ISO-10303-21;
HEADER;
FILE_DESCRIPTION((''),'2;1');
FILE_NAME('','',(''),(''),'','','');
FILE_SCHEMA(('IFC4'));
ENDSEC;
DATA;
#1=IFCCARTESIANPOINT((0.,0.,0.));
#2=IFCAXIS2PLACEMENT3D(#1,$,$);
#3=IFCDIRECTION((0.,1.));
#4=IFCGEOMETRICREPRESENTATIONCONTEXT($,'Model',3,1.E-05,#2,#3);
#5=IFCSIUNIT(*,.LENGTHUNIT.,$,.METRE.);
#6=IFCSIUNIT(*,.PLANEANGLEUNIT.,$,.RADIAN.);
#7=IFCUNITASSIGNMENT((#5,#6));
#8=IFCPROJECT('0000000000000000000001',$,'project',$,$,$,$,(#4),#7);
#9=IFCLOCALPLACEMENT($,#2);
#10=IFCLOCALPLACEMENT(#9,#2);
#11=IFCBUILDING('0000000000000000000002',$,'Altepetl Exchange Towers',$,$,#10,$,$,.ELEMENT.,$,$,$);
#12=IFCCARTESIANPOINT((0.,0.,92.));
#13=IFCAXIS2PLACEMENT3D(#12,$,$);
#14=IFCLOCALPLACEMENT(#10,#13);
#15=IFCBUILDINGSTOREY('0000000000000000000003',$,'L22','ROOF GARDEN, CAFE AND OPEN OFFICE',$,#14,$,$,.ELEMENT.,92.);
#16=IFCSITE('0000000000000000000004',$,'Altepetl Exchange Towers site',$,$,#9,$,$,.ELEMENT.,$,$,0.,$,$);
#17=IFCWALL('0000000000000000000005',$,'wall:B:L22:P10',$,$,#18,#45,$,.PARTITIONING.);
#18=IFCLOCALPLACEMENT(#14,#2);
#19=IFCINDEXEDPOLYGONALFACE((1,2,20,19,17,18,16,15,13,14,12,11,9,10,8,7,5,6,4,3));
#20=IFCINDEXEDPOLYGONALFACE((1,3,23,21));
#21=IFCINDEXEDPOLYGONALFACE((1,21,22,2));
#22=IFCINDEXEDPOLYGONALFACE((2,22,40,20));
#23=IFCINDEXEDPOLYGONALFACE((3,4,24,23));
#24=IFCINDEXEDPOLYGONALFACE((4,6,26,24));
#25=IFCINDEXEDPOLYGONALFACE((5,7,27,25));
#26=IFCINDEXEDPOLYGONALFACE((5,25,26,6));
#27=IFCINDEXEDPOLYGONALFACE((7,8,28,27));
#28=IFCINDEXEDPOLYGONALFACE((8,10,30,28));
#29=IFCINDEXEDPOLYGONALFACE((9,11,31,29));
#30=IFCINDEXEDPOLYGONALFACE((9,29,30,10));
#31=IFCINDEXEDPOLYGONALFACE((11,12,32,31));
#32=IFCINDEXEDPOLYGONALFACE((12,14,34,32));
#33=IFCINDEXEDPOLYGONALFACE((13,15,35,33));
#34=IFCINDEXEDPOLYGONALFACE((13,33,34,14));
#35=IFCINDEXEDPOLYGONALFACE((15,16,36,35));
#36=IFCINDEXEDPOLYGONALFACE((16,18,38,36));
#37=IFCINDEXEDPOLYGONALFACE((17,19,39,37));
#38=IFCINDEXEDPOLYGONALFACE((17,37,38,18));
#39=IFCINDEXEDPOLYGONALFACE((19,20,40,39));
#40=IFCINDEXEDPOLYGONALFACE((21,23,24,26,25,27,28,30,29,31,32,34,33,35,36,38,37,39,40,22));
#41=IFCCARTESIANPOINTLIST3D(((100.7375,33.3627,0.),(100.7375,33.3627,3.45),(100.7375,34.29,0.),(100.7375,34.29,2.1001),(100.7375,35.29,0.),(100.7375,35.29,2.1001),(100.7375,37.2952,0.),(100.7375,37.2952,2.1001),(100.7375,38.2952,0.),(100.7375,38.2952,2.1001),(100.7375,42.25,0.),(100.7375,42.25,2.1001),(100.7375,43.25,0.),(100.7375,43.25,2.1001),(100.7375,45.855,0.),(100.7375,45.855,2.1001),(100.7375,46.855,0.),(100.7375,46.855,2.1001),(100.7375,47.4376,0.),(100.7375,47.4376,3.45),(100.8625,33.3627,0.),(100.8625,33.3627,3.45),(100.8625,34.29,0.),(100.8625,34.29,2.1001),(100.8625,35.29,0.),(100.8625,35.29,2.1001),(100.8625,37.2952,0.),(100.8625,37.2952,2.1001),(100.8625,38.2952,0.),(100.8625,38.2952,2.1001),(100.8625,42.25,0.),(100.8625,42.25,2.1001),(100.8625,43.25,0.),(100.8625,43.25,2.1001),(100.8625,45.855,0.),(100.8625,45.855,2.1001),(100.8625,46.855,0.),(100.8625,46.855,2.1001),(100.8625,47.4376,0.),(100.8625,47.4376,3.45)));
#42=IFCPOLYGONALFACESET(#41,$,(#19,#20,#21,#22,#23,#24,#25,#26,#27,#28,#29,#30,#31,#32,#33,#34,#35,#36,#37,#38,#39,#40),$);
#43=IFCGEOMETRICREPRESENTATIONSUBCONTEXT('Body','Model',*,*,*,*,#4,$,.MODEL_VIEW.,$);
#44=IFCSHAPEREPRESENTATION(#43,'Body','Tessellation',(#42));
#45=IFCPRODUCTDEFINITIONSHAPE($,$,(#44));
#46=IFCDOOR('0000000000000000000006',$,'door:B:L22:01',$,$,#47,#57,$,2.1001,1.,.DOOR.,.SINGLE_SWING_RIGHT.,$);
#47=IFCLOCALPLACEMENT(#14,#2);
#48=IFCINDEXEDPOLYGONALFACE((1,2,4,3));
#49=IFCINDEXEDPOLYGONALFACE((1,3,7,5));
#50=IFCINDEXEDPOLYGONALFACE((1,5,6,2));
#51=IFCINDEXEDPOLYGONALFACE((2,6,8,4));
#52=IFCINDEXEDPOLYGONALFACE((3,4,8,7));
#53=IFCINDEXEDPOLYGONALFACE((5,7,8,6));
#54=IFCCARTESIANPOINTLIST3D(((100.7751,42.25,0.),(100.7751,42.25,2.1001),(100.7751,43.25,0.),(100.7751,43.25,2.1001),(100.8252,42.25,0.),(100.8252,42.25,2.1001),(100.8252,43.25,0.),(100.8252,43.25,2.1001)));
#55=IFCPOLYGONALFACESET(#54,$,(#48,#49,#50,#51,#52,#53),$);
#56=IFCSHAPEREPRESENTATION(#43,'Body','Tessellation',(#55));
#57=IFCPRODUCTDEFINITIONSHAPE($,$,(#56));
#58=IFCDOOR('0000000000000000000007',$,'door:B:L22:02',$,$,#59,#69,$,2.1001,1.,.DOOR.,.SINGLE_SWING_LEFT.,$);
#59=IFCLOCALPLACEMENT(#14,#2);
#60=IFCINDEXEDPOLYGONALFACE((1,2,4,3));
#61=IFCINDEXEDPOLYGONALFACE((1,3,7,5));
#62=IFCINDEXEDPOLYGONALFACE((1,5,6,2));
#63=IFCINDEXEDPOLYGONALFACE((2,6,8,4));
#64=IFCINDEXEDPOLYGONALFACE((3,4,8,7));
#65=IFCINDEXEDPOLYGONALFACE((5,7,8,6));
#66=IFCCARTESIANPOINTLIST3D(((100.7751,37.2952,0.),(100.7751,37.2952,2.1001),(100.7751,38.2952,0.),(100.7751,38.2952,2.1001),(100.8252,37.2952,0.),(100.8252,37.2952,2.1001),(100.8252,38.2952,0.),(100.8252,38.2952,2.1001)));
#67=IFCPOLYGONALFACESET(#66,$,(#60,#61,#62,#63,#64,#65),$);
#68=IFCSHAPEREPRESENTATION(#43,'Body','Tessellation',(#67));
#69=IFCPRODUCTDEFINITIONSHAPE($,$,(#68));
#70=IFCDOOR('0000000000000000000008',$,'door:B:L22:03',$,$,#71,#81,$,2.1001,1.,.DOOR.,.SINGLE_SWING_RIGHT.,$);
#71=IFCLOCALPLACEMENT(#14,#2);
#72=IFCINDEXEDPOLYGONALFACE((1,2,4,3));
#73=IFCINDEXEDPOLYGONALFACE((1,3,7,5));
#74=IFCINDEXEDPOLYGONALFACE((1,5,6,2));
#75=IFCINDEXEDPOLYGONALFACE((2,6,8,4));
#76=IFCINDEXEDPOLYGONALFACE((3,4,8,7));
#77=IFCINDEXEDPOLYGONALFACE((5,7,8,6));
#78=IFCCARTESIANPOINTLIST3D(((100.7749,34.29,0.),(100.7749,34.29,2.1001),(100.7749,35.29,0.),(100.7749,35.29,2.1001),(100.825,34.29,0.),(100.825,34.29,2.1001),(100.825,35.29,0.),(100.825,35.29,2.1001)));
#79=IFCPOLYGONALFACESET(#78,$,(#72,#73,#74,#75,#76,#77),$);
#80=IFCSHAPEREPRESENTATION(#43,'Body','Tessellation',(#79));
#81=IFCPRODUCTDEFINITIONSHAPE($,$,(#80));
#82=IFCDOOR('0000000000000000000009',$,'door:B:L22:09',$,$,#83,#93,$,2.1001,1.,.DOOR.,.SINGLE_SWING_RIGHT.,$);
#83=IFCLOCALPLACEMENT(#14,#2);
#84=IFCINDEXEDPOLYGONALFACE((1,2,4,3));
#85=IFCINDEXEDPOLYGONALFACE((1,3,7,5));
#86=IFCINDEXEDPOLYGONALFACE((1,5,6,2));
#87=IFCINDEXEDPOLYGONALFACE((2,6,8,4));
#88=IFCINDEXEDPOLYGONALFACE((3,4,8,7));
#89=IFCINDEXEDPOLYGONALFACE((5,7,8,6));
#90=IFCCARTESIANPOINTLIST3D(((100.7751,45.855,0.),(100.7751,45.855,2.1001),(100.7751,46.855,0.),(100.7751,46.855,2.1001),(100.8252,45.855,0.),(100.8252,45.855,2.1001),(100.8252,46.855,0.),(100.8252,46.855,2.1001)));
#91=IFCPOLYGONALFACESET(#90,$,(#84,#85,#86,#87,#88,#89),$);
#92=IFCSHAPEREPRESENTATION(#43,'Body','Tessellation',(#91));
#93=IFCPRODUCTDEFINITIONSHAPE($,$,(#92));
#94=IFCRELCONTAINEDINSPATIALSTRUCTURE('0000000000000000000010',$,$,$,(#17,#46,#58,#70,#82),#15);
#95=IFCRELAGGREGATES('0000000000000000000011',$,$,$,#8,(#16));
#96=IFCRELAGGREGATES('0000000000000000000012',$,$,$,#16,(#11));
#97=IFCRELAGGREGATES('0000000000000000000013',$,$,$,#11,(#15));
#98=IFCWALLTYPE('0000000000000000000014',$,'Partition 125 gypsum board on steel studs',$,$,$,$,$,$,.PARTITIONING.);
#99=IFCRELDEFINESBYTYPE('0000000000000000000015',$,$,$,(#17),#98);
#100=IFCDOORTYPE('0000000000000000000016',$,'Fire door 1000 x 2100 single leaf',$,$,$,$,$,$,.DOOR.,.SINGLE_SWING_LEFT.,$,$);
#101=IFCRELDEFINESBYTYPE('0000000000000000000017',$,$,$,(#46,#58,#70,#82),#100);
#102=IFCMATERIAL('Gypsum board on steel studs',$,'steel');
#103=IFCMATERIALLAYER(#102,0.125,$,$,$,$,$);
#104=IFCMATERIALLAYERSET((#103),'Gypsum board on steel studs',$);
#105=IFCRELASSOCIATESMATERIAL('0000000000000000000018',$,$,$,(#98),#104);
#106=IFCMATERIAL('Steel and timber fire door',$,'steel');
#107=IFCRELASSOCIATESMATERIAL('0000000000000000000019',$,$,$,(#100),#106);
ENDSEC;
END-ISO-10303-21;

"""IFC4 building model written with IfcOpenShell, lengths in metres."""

from ifc_helpers import new_model, si_unit, direction, frame, frame_2d, origin, place, context, subcontext, project, spatial, rectangle, extrude, material, layer, layer_set, type_object, element, fill, save


model = new_model("IFC4")

# Units and contexts
model_context = context("Model", 3, precision=1e-05, world=origin(), true_north=direction((0.0, 1.0)))
body_context = subcontext(model_context, "Body", "Model", "MODEL_VIEW")
ifc_project = project(units=[si_unit("LENGTHUNIT", "METRE"), si_unit("PLANEANGLEUNIT", "RADIAN")], contexts=[model_context])

# Site, building, storey
site_placement = place(None, origin())
site = spatial("IfcSite", under=ifc_project, at=site_placement, Name="Altepetl Exchange Towers site", CompositionType="ELEMENT", RefElevation=0.0)
building_placement = place(site_placement, origin())
building = spatial("IfcBuilding", under=site, at=building_placement, Name="Altepetl Exchange Towers", CompositionType="ELEMENT")
storey_placement = place(building_placement, frame((0.0, 0.0, 92.0)))
storey = spatial("IfcBuildingStorey", under=building, at=storey_placement, Name="L22", Description="ROOF GARDEN, CAFE AND OPEN OFFICE", CompositionType="ELEMENT", Elevation=92.0)

# Shared definitions
ifc_material_1 = material(Name="Gypsum board on steel studs", Category="steel")
ifc_layer_1 = layer(ifc_material_1, 0.125)
ifc_layer_set_1 = layer_set([ifc_layer_1], Name="Gypsum board on steel studs")
wall_type_1 = type_object("IfcWallType", Name="Partition 125 gypsum board on steel studs", PredefinedType="PARTITIONING", material=ifc_layer_set_1)

# Wall, openings, doors
wall_1_placement = place(storey_placement, frame((100.8, 33.3625, 0.0), z_axis=(0.0, 0.0, 1.0), x_axis=(0.0, 1.0, 0.0)))
wall_1 = element("IfcWall", 1, at=wall_1_placement, inside=storey, type_object=wall_type_1, Name="wall:B:L22:P10", PredefinedType="PARTITIONING", context=body_context, shape_type="SweptSolid", body=[
    extrude(rectangle(XDim=14.075, YDim=0.125, at=frame_2d((7.0376, 0.0))), origin(), (0.0, 0.0, 1.0), 3.45),
])
opening_1_placement = place(wall_1_placement, frame((8.8875, 0.0, 0.0)))
opening_1 = element("IfcOpeningElement", 2, at=opening_1_placement, cuts=wall_1, PredefinedType="OPENING", context=body_context, shape_type="SweptSolid", body=[
    extrude(rectangle(XDim=1.0, YDim=2.1001, at=frame_2d((0.5, 1.05))), frame((0.0, 0.0725, 0.0), z_axis=(0.0, -1.0, 0.0), x_axis=(1.0, 0.0, 0.0)), (0.0, 0.0, 1.0), 0.145),
])
opening_2_placement = place(wall_1_placement, frame((3.9326, 0.0, 0.0)))
opening_2 = element("IfcOpeningElement", 3, at=opening_2_placement, cuts=wall_1, PredefinedType="OPENING", context=body_context, shape_type="SweptSolid", body=[
    extrude(rectangle(XDim=1.0, YDim=2.1001, at=frame_2d((0.5, 1.05))), frame((0.0, 0.0725, 0.0), z_axis=(0.0, -1.0, 0.0), x_axis=(1.0, 0.0, 0.0)), (0.0, 0.0, 1.0), 0.145),
])
opening_3_placement = place(wall_1_placement, frame((0.9275, 0.0, 0.0)))
opening_3 = element("IfcOpeningElement", 4, at=opening_3_placement, cuts=wall_1, PredefinedType="OPENING", context=body_context, shape_type="SweptSolid", body=[
    extrude(rectangle(XDim=1.0, YDim=2.1001, at=frame_2d((0.5, 1.05))), frame((0.0, 0.0725, 0.0), z_axis=(0.0, -1.0, 0.0), x_axis=(1.0, 0.0, 0.0)), (0.0, 0.0, 1.0), 0.145),
])
opening_4_placement = place(wall_1_placement, frame((12.4924, 0.0, 0.0)))
opening_4 = element("IfcOpeningElement", 5, at=opening_4_placement, cuts=wall_1, PredefinedType="OPENING", context=body_context, shape_type="SweptSolid", body=[
    extrude(rectangle(XDim=1.0, YDim=2.1001, at=frame_2d((0.5, 1.05))), frame((0.0, 0.0725, 0.0), z_axis=(0.0, -1.0, 0.0), x_axis=(1.0, 0.0, 0.0)), (0.0, 0.0, 1.0), 0.145),
])
ifc_material_2 = material(Name="Steel and timber fire door", Category="steel")
door_type = type_object("IfcDoorType", Name="Fire door 1000 x 2100 single leaf", OperationType="SINGLE_SWING_LEFT", PredefinedType="DOOR", material=ifc_material_2)
door_1_placement = place(opening_1_placement, origin())
door_1 = element("IfcDoor", 6, at=door_1_placement, inside=storey, type_object=door_type, Name="door:B:L22:01", OperationType="SINGLE_SWING_RIGHT", OverallHeight=2.1001, OverallWidth=1.0, PredefinedType="DOOR", context=body_context, shape_type="SweptSolid", body=[
    extrude(rectangle(XDim=1.0, YDim=2.1001, at=frame_2d((0.5, 1.05))), frame((0.0, 0.0249, 0.0), z_axis=(0.0, -1.0, 0.0), x_axis=(1.0, 0.0, 0.0)), (0.0, 0.0, 1.0), 0.05),
])
fill(opening_1, door_1)
door_2_placement = place(opening_2_placement, origin())
door_2 = element("IfcDoor", 7, at=door_2_placement, inside=storey, type_object=door_type, Name="door:B:L22:02", OperationType="SINGLE_SWING_LEFT", OverallHeight=2.1001, OverallWidth=1.0, PredefinedType="DOOR", context=body_context, shape_type="SweptSolid", body=[
    extrude(rectangle(XDim=1.0, YDim=2.1001, at=frame_2d((0.5, 1.05))), frame((0.0, 0.0249, 0.0), z_axis=(0.0, -1.0, 0.0), x_axis=(1.0, 0.0, 0.0)), (0.0, 0.0, 1.0), 0.05),
])
fill(opening_2, door_2)
door_3_placement = place(opening_3_placement, frame((1.0, 0.0, 0.0), x_axis=(-1.0, 0.0, 0.0)))
door_3 = element("IfcDoor", 8, at=door_3_placement, inside=storey, type_object=door_type, Name="door:B:L22:03", OperationType="SINGLE_SWING_RIGHT", OverallHeight=2.1001, OverallWidth=1.0, PredefinedType="DOOR", context=body_context, shape_type="SweptSolid", body=[
    extrude(rectangle(XDim=1.0, YDim=2.1001, at=frame_2d((0.5, 1.05))), frame((0.0, 0.0249, 0.0), z_axis=(0.0, -1.0, 0.0), x_axis=(1.0, 0.0, 0.0)), (0.0, 0.0, 1.0), 0.05),
])
fill(opening_3, door_3)
door_4_placement = place(opening_4_placement, origin())
door_4 = element("IfcDoor", 9, at=door_4_placement, inside=storey, type_object=door_type, Name="door:B:L22:09", OperationType="SINGLE_SWING_RIGHT", OverallHeight=2.1001, OverallWidth=1.0, PredefinedType="DOOR", context=body_context, shape_type="SweptSolid", body=[
    extrude(rectangle(XDim=1.0, YDim=2.1001, at=frame_2d((0.5, 1.05))), frame((0.0, 0.0249, 0.0), z_axis=(0.0, -1.0, 0.0), x_axis=(1.0, 0.0, 0.0)), (0.0, 0.0, 1.0), 0.05),
])
fill(opening_4, door_4)

save(model, "model.ifc")
